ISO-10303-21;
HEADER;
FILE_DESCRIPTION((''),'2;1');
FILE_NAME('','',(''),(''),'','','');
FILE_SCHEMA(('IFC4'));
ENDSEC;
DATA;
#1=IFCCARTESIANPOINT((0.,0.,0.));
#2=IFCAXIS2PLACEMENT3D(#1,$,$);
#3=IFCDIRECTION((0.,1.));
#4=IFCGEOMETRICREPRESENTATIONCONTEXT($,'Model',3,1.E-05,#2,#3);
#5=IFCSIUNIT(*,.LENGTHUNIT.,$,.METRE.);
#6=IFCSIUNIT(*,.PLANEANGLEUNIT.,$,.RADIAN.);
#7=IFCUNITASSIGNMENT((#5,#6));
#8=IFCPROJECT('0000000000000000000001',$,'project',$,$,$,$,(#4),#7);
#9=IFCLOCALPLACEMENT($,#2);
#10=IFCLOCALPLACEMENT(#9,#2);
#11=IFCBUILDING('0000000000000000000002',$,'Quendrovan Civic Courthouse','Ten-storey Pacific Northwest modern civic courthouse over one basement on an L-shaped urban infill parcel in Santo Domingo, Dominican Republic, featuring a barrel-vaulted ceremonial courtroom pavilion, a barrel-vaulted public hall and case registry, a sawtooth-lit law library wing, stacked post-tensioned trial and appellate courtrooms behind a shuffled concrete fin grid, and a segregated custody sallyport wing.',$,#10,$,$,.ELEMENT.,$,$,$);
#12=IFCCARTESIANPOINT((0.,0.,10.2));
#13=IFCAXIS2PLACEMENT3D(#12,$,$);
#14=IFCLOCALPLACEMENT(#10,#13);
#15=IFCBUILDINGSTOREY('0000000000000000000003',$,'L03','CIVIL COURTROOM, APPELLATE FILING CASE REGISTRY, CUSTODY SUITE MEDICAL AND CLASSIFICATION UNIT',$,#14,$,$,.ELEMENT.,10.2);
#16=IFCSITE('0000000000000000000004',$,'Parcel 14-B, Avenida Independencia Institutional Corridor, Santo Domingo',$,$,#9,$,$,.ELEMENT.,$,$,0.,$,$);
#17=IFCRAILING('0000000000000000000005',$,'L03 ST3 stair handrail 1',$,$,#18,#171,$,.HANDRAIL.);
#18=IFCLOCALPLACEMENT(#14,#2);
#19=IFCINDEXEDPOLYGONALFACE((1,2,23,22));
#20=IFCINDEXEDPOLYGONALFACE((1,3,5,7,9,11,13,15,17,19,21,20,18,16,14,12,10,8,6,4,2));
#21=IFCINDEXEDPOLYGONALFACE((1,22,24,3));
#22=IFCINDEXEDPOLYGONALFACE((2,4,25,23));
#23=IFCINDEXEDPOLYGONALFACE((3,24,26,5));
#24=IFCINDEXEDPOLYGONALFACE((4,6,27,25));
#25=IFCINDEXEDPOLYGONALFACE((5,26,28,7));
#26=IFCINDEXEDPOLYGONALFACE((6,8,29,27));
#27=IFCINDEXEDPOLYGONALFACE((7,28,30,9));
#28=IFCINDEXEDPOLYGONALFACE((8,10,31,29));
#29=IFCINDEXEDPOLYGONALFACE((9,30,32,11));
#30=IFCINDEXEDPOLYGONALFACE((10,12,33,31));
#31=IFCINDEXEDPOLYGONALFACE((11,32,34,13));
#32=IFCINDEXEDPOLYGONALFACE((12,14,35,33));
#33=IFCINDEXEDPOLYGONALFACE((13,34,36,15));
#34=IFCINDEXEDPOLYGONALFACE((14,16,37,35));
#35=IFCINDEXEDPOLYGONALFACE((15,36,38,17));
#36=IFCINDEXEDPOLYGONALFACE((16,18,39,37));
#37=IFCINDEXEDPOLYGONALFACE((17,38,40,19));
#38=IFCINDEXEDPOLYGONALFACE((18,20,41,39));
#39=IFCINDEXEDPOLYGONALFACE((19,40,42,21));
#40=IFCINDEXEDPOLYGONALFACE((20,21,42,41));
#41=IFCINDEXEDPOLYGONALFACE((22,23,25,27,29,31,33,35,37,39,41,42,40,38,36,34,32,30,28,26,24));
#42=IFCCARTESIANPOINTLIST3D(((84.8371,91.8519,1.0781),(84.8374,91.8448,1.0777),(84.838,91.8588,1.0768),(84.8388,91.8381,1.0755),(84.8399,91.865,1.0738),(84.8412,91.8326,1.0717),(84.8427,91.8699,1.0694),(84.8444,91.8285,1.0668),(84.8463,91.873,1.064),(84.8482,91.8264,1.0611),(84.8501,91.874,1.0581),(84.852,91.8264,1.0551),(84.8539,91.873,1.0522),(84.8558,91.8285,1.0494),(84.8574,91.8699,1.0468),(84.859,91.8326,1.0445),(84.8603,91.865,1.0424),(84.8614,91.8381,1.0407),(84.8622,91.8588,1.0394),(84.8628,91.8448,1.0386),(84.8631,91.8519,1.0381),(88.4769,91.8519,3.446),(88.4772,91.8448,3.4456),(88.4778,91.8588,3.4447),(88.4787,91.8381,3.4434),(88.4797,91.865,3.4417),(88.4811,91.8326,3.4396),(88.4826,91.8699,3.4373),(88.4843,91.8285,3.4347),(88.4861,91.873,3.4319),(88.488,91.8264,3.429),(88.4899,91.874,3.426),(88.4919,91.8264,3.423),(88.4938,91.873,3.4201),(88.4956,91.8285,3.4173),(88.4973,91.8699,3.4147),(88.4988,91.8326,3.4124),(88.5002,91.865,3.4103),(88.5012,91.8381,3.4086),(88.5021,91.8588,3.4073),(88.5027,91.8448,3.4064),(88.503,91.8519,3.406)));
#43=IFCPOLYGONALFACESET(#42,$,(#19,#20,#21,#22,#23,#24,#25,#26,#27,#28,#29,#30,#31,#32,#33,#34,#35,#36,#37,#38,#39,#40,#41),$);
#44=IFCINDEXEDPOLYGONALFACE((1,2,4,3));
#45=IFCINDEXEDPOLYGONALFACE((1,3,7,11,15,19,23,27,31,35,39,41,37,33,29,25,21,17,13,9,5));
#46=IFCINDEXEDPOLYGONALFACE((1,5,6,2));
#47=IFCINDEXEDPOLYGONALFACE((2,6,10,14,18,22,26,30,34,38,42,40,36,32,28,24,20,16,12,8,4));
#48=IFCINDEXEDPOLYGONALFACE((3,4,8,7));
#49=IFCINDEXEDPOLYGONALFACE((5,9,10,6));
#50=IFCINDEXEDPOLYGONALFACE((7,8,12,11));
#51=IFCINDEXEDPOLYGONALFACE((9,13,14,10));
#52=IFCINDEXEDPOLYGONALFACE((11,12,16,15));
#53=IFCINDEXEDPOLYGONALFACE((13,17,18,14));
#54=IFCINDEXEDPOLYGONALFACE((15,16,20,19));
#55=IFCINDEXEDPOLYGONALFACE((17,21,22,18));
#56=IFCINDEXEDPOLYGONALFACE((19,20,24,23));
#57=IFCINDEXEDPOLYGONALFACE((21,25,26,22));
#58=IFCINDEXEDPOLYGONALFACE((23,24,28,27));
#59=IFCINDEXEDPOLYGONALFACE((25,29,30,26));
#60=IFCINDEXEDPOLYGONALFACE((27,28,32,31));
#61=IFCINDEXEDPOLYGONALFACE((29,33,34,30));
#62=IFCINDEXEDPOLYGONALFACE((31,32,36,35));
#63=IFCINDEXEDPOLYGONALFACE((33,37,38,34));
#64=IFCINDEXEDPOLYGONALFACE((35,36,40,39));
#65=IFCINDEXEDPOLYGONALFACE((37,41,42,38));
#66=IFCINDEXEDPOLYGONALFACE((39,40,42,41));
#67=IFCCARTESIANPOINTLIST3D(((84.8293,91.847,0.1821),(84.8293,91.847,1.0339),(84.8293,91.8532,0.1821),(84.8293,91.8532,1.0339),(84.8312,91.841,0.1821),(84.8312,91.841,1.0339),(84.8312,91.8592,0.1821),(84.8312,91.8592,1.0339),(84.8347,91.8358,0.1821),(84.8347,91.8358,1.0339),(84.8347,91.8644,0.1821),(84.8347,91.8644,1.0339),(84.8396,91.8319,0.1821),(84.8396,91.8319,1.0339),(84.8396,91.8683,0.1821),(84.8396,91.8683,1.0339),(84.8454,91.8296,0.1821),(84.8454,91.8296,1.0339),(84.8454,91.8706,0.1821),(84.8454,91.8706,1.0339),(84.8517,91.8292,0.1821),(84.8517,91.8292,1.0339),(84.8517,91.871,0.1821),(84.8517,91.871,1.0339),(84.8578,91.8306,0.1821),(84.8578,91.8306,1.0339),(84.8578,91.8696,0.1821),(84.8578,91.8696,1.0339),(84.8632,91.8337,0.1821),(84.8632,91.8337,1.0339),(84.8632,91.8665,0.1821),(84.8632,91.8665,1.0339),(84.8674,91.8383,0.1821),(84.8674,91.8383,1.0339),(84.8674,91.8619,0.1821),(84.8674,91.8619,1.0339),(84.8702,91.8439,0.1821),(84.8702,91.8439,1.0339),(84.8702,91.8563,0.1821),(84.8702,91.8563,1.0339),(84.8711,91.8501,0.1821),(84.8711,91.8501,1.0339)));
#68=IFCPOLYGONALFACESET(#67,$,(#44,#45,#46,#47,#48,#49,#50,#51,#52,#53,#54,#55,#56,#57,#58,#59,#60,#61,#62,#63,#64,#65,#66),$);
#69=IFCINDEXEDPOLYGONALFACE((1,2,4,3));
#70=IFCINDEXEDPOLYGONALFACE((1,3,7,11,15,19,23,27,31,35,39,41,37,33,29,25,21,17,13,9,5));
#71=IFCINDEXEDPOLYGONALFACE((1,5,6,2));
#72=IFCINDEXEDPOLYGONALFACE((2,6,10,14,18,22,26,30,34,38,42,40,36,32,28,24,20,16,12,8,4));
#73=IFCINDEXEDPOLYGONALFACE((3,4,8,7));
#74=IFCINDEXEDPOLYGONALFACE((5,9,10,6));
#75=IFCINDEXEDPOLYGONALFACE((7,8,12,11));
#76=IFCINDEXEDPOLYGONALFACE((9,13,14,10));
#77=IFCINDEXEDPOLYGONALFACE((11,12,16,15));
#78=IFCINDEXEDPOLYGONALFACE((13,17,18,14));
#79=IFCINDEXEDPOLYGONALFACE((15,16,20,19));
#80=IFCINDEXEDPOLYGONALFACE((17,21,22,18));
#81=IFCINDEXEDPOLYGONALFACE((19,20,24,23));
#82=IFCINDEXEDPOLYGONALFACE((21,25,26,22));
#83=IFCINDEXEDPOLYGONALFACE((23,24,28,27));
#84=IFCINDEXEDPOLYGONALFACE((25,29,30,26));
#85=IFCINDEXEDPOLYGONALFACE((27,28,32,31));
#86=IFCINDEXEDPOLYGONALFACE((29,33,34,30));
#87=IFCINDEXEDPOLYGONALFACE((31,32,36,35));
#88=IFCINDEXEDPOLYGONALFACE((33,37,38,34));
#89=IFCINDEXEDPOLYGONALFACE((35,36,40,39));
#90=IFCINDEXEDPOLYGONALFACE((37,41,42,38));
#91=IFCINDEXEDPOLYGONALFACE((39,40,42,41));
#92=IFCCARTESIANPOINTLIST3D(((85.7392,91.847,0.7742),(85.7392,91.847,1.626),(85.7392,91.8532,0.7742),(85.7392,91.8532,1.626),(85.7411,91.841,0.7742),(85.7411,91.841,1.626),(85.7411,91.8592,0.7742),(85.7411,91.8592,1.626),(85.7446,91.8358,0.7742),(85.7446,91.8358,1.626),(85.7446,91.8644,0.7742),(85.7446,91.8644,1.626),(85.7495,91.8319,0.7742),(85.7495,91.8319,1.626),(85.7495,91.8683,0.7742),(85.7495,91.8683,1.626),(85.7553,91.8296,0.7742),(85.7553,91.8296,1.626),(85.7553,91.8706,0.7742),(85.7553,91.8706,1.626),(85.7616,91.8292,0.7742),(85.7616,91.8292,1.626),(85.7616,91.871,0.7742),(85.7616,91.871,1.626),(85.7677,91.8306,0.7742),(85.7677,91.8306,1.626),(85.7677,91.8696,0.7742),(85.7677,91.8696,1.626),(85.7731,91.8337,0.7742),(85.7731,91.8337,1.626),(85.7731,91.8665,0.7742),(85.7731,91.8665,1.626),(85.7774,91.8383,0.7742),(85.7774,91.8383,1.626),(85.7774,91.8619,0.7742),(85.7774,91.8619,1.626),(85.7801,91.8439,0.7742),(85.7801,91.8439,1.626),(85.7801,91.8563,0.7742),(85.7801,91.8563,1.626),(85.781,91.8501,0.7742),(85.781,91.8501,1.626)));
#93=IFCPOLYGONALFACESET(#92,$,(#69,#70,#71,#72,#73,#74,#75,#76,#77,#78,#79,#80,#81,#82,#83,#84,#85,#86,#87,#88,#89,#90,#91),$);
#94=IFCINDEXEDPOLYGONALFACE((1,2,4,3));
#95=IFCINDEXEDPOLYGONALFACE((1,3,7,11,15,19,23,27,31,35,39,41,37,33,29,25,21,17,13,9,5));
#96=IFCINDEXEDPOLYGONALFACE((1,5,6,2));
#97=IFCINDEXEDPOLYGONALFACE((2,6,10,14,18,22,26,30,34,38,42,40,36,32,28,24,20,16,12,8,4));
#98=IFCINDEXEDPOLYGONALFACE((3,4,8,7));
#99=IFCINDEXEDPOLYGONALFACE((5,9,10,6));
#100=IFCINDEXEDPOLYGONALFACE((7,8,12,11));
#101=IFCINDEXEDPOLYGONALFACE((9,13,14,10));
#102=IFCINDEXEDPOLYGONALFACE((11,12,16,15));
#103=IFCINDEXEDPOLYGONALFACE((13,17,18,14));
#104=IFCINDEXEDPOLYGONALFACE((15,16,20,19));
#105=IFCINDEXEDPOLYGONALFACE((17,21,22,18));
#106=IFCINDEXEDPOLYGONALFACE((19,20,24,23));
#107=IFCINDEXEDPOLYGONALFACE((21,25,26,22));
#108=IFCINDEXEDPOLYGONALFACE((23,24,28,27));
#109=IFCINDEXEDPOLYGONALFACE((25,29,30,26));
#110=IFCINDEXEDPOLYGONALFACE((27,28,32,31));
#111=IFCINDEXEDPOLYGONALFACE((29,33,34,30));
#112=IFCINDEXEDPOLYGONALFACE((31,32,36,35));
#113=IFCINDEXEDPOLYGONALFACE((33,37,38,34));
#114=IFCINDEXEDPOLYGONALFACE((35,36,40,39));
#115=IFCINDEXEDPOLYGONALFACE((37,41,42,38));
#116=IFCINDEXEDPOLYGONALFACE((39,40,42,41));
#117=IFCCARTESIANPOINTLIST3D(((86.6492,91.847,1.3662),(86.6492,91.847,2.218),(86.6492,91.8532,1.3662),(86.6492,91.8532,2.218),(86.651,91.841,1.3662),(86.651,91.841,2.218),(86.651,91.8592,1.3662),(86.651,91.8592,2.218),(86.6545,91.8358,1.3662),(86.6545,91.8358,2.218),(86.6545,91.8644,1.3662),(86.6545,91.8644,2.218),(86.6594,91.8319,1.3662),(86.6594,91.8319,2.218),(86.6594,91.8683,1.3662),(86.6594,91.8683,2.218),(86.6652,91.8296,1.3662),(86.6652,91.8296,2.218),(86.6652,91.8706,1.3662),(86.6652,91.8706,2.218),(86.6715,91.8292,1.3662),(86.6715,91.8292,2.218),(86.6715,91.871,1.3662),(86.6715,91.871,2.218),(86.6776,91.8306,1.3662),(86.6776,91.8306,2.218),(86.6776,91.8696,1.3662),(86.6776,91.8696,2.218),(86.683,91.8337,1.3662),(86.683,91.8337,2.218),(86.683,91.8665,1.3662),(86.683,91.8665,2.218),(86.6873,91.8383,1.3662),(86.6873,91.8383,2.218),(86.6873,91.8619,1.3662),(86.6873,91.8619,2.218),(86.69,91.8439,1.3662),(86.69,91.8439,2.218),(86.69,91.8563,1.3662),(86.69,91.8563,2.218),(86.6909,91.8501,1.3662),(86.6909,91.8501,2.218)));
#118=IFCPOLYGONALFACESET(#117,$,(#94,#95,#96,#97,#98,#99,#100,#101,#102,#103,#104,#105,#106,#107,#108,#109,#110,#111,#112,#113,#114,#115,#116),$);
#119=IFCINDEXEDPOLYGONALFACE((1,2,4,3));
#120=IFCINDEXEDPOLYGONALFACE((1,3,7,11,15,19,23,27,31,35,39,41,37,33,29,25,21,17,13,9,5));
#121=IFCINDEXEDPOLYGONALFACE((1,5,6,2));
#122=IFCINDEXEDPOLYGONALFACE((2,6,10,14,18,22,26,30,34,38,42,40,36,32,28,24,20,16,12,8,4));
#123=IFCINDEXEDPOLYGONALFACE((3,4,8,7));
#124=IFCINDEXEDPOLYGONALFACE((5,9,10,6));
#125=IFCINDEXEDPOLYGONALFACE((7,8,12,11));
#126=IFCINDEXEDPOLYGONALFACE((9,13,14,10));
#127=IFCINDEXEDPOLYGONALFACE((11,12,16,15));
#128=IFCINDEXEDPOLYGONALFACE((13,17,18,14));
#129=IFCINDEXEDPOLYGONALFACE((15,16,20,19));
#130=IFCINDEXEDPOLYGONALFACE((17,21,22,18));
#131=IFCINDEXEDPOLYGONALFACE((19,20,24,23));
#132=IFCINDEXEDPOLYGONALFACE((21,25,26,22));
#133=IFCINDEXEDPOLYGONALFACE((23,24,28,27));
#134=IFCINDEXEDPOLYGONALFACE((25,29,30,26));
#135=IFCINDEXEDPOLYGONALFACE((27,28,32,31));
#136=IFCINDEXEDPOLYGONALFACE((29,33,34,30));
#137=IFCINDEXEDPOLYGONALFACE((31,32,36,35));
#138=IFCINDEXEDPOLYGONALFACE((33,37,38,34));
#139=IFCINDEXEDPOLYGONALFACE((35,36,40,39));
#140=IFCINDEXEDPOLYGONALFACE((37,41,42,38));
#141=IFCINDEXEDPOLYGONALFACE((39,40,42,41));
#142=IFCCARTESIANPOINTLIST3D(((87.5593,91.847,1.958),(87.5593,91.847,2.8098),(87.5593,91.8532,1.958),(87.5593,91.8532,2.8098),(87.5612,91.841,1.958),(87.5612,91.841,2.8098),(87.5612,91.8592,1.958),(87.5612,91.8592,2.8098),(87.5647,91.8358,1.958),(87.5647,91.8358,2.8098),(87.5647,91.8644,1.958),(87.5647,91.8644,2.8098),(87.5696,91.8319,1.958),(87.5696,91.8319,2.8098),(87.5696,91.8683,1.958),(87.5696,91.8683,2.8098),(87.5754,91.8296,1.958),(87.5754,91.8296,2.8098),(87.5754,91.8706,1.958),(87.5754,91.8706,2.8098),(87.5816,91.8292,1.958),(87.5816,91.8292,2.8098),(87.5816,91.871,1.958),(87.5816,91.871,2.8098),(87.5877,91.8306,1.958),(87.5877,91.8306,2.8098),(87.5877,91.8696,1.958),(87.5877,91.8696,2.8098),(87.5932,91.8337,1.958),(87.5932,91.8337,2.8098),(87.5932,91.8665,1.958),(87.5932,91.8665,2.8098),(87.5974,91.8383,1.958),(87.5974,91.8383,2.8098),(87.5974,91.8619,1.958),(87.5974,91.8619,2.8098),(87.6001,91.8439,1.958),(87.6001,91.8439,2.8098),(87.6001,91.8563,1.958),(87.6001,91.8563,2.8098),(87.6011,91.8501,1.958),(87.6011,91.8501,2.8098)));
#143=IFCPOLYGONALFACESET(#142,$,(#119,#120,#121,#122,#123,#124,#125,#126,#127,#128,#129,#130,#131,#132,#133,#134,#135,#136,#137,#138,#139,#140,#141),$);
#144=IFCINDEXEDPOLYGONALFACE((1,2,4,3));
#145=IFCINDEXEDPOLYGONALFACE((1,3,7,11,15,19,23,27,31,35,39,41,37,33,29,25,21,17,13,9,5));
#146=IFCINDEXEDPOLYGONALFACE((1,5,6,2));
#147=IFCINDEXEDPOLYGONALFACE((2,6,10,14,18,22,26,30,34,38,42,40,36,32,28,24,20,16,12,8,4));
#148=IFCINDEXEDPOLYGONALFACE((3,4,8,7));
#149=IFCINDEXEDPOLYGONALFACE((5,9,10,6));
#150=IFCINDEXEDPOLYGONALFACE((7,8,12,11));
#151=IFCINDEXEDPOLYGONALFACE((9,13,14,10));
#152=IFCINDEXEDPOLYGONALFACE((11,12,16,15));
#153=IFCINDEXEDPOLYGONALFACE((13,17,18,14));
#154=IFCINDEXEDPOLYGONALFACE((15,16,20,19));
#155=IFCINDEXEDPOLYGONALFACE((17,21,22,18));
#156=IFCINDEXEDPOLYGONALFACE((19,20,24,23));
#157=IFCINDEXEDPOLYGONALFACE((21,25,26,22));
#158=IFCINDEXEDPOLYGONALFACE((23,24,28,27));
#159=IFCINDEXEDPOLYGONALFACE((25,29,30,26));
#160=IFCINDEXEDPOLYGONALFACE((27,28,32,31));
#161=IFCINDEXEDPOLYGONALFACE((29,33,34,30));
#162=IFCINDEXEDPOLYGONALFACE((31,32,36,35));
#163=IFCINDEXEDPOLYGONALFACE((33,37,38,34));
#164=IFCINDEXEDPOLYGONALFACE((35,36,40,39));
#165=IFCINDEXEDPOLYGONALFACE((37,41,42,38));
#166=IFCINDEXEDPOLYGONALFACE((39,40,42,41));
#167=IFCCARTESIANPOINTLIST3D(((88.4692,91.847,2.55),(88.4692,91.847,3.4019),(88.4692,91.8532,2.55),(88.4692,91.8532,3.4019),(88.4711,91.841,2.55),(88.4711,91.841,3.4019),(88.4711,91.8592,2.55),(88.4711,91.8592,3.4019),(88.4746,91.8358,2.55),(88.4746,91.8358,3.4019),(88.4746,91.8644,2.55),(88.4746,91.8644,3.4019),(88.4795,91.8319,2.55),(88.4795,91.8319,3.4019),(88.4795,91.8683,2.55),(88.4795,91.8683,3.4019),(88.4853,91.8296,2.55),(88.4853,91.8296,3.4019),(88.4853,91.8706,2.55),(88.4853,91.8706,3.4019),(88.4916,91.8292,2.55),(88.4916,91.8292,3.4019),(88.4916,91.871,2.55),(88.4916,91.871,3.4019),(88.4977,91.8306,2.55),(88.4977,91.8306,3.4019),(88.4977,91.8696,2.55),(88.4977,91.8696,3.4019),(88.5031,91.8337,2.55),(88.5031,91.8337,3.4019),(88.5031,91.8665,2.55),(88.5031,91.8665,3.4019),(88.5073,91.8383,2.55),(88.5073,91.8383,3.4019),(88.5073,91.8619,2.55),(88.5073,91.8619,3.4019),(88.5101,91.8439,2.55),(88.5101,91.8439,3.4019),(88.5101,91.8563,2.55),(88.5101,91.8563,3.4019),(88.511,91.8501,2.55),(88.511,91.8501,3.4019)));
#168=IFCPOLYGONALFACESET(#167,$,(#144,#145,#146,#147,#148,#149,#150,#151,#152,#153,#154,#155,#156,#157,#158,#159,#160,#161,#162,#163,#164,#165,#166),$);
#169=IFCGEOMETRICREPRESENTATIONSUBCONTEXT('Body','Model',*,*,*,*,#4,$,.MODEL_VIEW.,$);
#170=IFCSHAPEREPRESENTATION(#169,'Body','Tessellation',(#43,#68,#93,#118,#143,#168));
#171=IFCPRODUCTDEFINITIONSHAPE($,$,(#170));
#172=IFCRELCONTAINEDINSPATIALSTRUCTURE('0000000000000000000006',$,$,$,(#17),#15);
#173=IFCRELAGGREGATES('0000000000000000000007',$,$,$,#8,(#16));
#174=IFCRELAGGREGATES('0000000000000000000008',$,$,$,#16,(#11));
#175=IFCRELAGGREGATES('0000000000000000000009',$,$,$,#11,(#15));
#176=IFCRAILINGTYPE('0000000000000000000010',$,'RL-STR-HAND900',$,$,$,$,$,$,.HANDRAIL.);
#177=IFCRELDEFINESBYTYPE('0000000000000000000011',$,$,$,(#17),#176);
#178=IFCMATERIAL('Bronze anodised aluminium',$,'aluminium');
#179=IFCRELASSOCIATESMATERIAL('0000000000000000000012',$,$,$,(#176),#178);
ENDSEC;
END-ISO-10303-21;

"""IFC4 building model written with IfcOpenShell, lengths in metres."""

from ifc_helpers import new_model, si_unit, direction, frame, origin, origin_2d, place, context, subcontext, project, spatial, circle, extrude, material, type_object, element, save


model = new_model("IFC4")

# Units and contexts
model_context = context("Model", 3, precision=1e-05, world=origin(), true_north=direction((0.0, 1.0)))
body_context = subcontext(model_context, "Body", "Model", "MODEL_VIEW")
ifc_project = project(units=[si_unit("LENGTHUNIT", "METRE"), si_unit("PLANEANGLEUNIT", "RADIAN")], contexts=[model_context])

# Site, building, storey
site_placement = place(None, origin())
site = spatial("IfcSite", under=ifc_project, at=site_placement, Name="Parcel 14-B, Avenida Independencia Institutional Corridor, Santo Domingo", CompositionType="ELEMENT", RefElevation=0.0)
building_placement = place(site_placement, origin())
building = spatial("IfcBuilding", under=site, at=building_placement, Name="Quendrovan Civic Courthouse", Description="Ten-storey Pacific Northwest modern civic courthouse over one basement on an L-shaped urban infill parcel in Santo Domingo, Dominican Republic, featuring a barrel-vaulted ceremonial courtroom pavilion, a barrel-vaulted public hall and case registry, a sawtooth-lit law library wing, stacked post-tensioned trial and appellate courtrooms behind a shuffled concrete fin grid, and a segregated custody sallyport wing.", CompositionType="ELEMENT")
storey_placement = place(building_placement, frame((0.0, 0.0, 10.2)))
storey = spatial("IfcBuildingStorey", under=building, at=storey_placement, Name="L03", Description="CIVIL COURTROOM, APPELLATE FILING CASE REGISTRY, CUSTODY SUITE MEDICAL AND CLASSIFICATION UNIT", CompositionType="ELEMENT", Elevation=10.2)

# Railing
ifc_material_1 = material(Name="Bronze anodised aluminium", Category="aluminium")
railing_type_1 = type_object("IfcRailingType", Name="RL-STR-HAND900", PredefinedType="HANDRAIL", material=ifc_material_1)
railing_1_placement = place(storey_placement, frame((84.8501, 91.8501, 0.1821)))
element("IfcRailing", 1, at=railing_1_placement, inside=storey, type_object=railing_type_1, Name="L03 ST3 stair handrail 1", PredefinedType="HANDRAIL", context=body_context, shape_type="SweptSolid", body=[
    extrude(circle(Radius=0.0239, at=origin_2d()), frame((0.0, 0.0, 0.876), z_axis=(0.838234, 0.0, 0.54531), x_axis=(0.0, 1.0, 0.0)), (0.0, 0.0, 1.0), 4.3423),
    extrude(circle(Radius=0.021, at=origin_2d()), origin(), (0.0, 0.0, 1.0), 0.8518),
    extrude(circle(Radius=0.021, at=origin_2d()), frame((0.9099, 0.0, 0.592)), (0.0, 0.0, 1.0), 0.8518),
    extrude(circle(Radius=0.021, at=origin_2d()), frame((1.8198, 0.0, 1.1841)), (0.0, 0.0, 1.0), 0.8518),
    extrude(circle(Radius=0.021, at=origin_2d()), frame((2.73, 0.0, 1.7759)), (0.0, 0.0, 1.0), 0.8518),
    extrude(circle(Radius=0.021, at=origin_2d()), frame((3.6399, 0.0, 2.3679)), (0.0, 0.0, 1.0), 0.8518),
])

save(model, "model.ifc")
